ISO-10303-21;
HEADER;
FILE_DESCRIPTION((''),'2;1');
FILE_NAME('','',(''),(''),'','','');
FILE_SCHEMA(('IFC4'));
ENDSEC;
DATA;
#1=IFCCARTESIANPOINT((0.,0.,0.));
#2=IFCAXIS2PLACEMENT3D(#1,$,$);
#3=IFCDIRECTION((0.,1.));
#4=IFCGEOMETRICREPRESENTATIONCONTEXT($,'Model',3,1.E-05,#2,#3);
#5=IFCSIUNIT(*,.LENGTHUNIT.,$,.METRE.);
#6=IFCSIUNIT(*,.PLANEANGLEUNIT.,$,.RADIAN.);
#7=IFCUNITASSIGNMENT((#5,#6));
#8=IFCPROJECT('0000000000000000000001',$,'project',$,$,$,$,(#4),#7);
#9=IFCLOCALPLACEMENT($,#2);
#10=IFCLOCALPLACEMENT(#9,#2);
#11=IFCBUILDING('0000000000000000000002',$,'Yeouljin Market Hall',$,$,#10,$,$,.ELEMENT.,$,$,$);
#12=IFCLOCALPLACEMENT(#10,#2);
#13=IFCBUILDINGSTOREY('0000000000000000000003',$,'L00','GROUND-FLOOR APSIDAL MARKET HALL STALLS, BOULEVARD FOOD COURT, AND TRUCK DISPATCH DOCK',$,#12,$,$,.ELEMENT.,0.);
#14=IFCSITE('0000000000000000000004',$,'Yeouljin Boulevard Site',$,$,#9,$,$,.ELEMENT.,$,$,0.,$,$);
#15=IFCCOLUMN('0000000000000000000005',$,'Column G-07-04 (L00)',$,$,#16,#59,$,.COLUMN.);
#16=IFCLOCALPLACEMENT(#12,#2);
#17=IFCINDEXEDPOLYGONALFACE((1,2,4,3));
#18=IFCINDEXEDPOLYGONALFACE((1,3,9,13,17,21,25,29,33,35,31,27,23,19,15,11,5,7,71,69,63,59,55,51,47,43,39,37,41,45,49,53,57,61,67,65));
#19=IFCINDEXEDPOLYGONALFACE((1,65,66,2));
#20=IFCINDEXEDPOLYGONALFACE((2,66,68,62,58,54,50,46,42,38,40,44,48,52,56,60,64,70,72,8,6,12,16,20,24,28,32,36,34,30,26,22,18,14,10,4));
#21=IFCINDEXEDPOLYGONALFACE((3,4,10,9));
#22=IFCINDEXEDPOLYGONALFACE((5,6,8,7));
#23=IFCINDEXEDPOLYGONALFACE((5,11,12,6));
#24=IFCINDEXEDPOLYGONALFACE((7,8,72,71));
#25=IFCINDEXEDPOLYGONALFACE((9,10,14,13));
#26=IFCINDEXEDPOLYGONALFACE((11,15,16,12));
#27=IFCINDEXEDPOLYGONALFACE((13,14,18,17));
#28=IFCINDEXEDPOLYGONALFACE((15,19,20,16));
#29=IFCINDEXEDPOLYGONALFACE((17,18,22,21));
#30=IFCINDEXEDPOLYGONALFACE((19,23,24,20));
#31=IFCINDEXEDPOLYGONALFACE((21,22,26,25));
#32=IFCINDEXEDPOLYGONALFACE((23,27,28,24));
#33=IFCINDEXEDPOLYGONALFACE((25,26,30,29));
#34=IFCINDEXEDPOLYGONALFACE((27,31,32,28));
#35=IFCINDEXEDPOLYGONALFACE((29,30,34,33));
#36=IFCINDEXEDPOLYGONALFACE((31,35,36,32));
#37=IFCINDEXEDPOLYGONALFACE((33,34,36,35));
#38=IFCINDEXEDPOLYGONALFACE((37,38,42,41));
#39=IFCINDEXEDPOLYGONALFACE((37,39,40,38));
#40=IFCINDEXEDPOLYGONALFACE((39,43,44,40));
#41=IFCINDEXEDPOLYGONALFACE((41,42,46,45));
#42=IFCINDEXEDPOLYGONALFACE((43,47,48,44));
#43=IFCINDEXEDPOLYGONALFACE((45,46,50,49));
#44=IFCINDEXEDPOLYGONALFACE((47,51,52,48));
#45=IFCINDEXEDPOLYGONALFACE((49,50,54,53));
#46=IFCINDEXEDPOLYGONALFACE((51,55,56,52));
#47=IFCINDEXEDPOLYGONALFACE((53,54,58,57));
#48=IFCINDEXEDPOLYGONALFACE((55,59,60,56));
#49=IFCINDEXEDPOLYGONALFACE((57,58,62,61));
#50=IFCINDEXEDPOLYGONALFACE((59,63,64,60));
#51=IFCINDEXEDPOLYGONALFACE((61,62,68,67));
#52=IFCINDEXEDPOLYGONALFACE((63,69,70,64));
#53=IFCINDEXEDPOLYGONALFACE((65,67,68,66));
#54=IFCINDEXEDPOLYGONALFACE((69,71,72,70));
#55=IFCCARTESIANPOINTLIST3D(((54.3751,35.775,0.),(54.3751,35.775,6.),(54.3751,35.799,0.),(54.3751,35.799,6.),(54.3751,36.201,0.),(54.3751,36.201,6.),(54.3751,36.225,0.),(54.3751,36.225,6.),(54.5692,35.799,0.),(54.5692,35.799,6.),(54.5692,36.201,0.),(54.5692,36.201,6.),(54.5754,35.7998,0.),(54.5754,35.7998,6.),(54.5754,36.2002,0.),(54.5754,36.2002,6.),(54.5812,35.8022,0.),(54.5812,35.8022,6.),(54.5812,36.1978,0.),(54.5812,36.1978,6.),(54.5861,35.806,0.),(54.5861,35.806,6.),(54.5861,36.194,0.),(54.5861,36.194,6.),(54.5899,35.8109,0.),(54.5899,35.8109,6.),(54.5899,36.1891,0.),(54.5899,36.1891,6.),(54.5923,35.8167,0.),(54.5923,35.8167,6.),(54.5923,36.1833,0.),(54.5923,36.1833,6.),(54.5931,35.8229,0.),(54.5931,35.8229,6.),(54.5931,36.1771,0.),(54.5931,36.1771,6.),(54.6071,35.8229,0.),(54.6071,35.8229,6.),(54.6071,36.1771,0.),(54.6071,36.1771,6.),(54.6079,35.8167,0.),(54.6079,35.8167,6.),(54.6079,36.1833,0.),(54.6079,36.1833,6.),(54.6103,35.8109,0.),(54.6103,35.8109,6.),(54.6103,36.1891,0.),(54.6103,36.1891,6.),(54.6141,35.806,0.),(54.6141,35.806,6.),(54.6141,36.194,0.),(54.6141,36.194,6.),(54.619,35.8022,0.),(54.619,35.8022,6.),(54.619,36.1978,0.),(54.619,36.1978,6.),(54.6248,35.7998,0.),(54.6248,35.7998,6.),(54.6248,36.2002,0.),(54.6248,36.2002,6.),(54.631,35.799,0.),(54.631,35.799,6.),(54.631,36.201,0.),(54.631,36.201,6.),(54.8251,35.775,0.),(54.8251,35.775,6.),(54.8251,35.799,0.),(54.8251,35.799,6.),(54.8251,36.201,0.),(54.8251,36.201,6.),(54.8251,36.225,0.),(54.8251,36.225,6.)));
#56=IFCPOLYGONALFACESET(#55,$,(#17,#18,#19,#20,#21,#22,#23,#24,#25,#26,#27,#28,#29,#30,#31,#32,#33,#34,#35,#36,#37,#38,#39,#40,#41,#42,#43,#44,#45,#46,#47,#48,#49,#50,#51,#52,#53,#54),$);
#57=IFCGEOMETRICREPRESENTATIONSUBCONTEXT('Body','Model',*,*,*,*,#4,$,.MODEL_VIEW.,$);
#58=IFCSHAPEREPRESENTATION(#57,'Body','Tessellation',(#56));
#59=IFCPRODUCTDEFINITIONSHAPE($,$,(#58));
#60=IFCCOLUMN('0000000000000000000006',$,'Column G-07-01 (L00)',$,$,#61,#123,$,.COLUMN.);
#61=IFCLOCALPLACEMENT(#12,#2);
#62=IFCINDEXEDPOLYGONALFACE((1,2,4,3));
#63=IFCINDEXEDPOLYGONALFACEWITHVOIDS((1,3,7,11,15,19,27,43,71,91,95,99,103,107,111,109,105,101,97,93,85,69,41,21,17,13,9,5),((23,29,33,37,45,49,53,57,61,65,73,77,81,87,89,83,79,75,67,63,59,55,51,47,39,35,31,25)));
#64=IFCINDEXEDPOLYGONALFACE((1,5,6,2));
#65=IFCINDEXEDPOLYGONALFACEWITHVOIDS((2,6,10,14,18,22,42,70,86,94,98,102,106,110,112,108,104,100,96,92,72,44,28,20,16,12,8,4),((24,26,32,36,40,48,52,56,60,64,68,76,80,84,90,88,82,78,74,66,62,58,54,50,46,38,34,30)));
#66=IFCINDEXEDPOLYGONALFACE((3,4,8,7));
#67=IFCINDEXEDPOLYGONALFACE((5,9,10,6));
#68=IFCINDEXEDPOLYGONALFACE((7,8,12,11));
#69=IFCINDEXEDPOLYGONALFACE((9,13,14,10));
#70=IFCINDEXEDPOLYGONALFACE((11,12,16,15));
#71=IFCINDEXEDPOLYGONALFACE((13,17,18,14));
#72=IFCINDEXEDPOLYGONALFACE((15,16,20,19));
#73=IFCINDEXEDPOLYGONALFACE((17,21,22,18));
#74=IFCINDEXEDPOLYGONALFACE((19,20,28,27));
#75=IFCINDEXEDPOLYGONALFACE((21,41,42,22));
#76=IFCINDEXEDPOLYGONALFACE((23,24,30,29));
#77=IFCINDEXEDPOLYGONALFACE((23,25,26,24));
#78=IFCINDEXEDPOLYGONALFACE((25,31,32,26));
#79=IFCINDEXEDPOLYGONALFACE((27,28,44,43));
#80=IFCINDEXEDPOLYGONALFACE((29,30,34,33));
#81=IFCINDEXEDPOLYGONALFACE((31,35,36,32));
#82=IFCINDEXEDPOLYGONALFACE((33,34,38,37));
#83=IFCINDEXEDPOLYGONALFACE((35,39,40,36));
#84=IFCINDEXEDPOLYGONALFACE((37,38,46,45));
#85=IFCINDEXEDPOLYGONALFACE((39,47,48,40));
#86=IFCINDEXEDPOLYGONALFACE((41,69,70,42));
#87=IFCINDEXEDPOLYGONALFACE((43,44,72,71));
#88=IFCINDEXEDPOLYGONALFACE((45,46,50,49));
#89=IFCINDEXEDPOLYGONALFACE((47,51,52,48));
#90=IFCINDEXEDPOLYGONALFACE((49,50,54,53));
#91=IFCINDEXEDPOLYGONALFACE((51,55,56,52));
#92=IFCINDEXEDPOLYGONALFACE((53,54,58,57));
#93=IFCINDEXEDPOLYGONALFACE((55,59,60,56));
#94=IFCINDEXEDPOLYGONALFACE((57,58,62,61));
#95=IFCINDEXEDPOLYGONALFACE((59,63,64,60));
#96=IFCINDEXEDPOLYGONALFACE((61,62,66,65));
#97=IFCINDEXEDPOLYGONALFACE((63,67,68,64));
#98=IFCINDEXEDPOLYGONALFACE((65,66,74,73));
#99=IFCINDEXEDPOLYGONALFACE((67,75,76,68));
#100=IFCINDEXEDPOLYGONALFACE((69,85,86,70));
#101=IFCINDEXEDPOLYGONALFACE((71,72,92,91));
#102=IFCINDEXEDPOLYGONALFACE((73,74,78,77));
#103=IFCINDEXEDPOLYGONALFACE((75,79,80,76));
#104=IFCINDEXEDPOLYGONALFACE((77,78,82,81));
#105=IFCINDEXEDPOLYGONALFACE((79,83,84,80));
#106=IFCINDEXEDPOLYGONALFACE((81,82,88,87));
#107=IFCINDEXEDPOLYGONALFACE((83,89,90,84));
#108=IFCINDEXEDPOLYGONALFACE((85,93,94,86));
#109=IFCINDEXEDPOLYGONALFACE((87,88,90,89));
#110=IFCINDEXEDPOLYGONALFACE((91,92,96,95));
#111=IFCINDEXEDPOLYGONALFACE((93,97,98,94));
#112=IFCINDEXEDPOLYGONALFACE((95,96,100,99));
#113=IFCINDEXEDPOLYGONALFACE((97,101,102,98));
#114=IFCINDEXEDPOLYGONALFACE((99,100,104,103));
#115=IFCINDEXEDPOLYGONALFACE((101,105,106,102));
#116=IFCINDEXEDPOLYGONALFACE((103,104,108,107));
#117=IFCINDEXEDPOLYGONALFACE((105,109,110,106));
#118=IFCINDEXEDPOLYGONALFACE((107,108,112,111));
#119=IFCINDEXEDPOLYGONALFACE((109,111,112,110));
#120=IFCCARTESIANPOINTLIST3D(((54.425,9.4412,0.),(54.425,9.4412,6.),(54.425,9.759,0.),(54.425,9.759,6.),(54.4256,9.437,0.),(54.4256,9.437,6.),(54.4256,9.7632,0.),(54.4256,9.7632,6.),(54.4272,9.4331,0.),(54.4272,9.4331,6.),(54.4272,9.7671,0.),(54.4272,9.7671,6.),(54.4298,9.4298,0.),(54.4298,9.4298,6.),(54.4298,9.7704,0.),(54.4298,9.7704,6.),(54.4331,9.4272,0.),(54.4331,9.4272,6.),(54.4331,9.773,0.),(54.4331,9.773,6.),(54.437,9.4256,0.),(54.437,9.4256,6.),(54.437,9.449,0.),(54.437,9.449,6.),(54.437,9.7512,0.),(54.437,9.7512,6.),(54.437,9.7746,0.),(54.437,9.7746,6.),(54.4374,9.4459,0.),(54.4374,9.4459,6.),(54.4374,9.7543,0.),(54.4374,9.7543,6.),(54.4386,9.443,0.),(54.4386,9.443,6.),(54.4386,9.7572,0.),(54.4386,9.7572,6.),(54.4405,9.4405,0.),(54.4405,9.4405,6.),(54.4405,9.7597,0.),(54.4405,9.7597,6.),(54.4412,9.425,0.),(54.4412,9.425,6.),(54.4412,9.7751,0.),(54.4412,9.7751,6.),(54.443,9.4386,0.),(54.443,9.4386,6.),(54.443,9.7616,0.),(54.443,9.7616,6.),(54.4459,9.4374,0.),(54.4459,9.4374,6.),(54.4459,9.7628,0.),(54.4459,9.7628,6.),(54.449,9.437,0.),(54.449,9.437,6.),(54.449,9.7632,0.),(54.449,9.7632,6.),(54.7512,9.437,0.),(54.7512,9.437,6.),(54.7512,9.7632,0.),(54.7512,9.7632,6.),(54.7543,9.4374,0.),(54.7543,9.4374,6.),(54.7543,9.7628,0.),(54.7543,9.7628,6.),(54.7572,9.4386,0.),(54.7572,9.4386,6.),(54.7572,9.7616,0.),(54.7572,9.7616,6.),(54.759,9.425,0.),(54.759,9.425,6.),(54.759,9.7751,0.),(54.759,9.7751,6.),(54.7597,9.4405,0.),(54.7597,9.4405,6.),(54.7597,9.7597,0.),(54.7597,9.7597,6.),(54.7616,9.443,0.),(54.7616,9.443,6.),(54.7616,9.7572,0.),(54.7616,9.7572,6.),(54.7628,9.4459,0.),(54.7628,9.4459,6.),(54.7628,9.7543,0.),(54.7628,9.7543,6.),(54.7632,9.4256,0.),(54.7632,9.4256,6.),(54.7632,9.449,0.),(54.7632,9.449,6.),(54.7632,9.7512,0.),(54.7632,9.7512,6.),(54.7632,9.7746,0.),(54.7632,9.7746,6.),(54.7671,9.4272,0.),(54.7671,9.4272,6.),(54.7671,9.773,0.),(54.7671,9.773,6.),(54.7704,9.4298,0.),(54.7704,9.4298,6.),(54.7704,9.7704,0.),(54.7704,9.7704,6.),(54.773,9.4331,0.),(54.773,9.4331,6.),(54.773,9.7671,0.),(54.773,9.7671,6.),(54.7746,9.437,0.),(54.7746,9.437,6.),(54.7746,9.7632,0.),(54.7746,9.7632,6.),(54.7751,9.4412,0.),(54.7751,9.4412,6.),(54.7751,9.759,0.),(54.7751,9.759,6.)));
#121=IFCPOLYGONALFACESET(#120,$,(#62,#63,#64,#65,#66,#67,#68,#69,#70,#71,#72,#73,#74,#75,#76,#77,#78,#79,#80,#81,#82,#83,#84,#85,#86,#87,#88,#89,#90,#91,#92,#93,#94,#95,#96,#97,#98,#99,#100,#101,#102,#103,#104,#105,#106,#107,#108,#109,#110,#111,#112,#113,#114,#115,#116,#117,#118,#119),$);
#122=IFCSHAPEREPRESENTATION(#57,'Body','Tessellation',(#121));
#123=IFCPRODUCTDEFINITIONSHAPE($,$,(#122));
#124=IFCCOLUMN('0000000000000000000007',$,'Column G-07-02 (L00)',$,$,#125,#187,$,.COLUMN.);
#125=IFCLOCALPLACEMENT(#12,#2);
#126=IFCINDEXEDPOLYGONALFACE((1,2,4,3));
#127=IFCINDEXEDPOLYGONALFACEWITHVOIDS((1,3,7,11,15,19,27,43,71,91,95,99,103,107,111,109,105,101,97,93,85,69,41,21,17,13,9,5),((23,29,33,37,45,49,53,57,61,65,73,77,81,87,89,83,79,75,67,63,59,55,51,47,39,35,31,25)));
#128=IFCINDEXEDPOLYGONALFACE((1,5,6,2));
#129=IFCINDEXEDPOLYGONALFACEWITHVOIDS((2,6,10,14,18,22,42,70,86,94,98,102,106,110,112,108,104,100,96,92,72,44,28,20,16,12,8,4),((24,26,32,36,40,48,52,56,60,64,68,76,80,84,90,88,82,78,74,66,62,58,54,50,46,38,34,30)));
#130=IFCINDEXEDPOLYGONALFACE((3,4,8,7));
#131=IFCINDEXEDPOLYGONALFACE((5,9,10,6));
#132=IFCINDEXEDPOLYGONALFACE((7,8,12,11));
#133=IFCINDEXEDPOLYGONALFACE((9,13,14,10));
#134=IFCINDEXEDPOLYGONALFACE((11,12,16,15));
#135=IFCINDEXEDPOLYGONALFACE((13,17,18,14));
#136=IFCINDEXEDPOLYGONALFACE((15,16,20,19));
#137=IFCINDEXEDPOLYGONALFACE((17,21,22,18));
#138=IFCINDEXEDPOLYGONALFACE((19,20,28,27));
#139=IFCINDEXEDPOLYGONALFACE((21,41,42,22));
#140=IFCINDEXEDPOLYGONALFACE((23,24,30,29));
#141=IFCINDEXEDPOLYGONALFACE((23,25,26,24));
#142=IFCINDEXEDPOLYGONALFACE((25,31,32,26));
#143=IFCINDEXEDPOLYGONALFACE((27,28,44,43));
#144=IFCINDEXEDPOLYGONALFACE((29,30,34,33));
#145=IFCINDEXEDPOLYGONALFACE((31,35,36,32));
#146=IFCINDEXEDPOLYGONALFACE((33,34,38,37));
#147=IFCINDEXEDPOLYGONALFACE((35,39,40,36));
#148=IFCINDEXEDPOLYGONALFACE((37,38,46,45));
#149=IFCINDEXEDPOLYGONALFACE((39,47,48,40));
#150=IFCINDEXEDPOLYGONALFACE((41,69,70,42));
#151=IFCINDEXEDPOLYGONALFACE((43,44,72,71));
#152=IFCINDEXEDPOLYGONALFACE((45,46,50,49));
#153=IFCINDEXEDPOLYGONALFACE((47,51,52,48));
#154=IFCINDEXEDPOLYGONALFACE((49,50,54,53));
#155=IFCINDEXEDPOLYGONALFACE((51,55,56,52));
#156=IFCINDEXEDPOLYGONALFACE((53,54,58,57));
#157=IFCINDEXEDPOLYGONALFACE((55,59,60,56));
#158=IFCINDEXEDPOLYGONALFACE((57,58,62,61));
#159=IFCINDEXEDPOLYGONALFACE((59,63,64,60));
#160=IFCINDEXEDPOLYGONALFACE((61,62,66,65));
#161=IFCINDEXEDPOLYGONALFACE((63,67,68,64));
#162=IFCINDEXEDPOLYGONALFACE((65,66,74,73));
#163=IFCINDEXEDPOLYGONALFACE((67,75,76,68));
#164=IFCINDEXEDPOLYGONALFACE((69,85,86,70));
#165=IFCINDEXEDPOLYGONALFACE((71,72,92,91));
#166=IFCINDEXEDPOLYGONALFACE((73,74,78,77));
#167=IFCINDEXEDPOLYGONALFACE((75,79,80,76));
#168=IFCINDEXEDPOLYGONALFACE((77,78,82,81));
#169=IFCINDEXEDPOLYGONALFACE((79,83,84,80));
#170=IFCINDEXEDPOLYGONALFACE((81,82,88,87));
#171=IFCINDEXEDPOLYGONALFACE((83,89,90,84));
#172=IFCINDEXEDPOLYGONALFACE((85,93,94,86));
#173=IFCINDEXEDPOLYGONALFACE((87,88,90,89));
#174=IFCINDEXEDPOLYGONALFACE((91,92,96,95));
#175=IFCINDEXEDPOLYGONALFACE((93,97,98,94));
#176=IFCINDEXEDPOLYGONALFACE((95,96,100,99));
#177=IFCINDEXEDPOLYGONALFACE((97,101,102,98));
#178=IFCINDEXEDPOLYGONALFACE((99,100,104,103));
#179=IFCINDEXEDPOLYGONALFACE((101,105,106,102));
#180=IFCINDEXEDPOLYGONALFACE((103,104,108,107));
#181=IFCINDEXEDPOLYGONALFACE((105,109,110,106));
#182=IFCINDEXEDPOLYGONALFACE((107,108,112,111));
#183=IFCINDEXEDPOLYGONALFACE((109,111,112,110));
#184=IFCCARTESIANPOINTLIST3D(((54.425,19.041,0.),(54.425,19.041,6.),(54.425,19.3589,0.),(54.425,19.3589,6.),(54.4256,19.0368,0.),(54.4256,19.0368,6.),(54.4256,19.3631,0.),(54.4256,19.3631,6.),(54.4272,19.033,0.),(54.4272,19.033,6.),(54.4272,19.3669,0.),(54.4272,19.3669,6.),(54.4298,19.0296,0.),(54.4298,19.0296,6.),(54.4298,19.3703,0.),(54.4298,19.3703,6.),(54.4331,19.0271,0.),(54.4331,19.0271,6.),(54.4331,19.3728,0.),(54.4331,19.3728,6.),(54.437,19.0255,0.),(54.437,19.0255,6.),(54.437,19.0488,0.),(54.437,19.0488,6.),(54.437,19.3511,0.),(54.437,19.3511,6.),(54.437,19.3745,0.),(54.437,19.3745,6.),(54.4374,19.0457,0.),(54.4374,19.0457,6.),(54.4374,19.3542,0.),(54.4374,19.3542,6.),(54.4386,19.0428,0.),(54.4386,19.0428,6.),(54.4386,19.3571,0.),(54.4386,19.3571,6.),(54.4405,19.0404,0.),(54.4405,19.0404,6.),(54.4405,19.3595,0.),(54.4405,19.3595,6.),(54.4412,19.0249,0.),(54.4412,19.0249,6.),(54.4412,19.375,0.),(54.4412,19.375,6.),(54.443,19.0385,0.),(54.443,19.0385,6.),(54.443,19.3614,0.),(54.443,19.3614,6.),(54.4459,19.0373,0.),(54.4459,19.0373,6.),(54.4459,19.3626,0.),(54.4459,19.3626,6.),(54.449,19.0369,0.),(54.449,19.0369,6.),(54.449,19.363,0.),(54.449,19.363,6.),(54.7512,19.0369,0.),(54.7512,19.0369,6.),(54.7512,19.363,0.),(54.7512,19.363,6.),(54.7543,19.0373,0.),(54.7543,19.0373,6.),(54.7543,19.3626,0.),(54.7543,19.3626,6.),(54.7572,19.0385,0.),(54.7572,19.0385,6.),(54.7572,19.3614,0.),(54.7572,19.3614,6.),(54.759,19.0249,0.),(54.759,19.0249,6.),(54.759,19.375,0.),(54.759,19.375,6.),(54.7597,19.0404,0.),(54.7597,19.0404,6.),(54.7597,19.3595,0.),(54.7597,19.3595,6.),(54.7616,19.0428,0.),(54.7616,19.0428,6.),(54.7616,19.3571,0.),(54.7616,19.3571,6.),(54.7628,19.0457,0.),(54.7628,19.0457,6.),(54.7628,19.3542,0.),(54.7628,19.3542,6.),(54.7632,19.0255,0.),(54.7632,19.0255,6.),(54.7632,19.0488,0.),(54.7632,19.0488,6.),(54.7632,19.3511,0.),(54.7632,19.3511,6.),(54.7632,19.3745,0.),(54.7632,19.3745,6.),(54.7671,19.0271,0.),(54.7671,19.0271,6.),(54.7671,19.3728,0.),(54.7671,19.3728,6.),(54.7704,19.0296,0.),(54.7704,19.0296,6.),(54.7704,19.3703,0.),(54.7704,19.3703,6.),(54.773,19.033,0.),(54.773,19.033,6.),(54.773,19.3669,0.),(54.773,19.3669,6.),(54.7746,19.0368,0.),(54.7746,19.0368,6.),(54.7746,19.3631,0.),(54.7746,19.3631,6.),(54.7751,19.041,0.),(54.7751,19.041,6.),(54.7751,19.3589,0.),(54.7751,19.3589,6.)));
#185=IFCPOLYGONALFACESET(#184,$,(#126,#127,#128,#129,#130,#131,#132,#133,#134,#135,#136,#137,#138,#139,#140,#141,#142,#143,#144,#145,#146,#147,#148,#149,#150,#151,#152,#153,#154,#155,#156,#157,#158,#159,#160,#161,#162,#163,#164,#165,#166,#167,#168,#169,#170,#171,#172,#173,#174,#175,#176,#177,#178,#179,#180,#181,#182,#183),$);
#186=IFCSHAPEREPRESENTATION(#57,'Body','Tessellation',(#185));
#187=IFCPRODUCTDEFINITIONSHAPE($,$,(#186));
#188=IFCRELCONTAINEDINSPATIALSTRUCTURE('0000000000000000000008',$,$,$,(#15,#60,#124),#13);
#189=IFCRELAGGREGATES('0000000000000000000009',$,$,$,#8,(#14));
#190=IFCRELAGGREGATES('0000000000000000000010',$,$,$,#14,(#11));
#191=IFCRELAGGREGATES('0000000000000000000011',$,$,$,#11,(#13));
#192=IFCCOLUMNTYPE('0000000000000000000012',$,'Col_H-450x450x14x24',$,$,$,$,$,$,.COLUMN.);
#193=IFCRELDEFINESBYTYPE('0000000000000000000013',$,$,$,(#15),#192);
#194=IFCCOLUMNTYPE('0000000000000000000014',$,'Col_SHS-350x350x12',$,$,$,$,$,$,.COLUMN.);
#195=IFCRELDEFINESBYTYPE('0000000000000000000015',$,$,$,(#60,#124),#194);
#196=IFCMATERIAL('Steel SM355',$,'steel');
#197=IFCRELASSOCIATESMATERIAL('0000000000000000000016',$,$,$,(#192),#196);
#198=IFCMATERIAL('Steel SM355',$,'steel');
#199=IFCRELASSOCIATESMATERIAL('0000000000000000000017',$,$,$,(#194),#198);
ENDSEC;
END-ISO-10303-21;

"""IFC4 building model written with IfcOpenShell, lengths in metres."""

from ifc_helpers import new_model, si_unit, direction, frame, origin, origin_2d, place, context, subcontext, project, spatial, hollow_rectangle, i_section, extrude, material, material_profile, profile_set, type_object, element, save


model = new_model("IFC4")

# Units and contexts
model_context = context("Model", 3, precision=1e-05, world=origin(), true_north=direction((0.0, 1.0)))
body_context = subcontext(model_context, "Body", "Model", "MODEL_VIEW")
ifc_project = project(units=[si_unit("LENGTHUNIT", "METRE"), si_unit("PLANEANGLEUNIT", "RADIAN")], contexts=[model_context])

# Site, building, storey
site_placement = place(None, origin())
site = spatial("IfcSite", under=ifc_project, at=site_placement, Name="Yeouljin Boulevard Site", CompositionType="ELEMENT", RefElevation=0.0)
building_placement = place(site_placement, origin())
building = spatial("IfcBuilding", under=site, at=building_placement, Name="Yeouljin Market Hall", CompositionType="ELEMENT")
storey_placement = place(building_placement, origin())
storey = spatial("IfcBuildingStorey", under=building, at=storey_placement, Name="L00", Description="GROUND-FLOOR APSIDAL MARKET HALL STALLS, BOULEVARD FOOD COURT, AND TRUCK DISPATCH DOCK", CompositionType="ELEMENT", Elevation=0.0)

# Columns
ifc_material_1 = material(Name="Steel SM355", Category="steel")
ifc_material_profile_1 = material_profile(ifc_material_1, i_section(OverallWidth=0.45, OverallDepth=0.45, WebThickness=0.0139, FlangeThickness=0.0239, FilletRadius=0.0239, at=origin_2d()), Name="H-450x450x14x24")
ifc_profile_set_1 = profile_set([ifc_material_profile_1], Name="Steel SM355")
column_type_1 = type_object("IfcColumnType", Name="Col_H-450x450x14x24", PredefinedType="COLUMN", material=ifc_profile_set_1)
column_placement = place(storey_placement, frame((54.6001, 36.0, 0.0), z_axis=(0.0, 0.0, 1.0), x_axis=(1.0, 0.0, 0.0)))
element("IfcColumn", 1, at=column_placement, inside=storey, type_object=column_type_1, Name="Column G-07-04 (L00)", PredefinedType="COLUMN", context=body_context, shape_type="SweptSolid", body=[
    extrude(i_section(OverallWidth=0.45, OverallDepth=0.45, WebThickness=0.0139, FlangeThickness=0.0239, FilletRadius=0.0239, at=origin_2d()), origin(), (0.0, 0.0, 1.0), 6.0),
])
ifc_material_2 = material(Name="Steel SM355", Category="steel")
ifc_material_profile_2 = material_profile(ifc_material_2, hollow_rectangle(XDim=0.3501, YDim=0.3501, WallThickness=0.012, InnerFilletRadius=0.012, OuterFilletRadius=0.0161, at=origin_2d()), Name="SHS-350x350x12")
ifc_profile_set_2 = profile_set([ifc_material_profile_2], Name="Steel SM355")
column_type_2 = type_object("IfcColumnType", Name="Col_SHS-350x350x12", PredefinedType="COLUMN", material=ifc_profile_set_2)
for number, where, z_axis, x_axis, name in (
    (2, (54.6001, 9.6001, 0.0), (0.0, 0.0, 1.0), (1.0, 0.0, 0.0), "Column G-07-01 (L00)"),
    (3, (54.6001, 19.2, 0.0), (0.0, 0.0, 1.0), (1.0, 0.0, 0.0), "Column G-07-02 (L00)"),
):
    element("IfcColumn", number, at=place(storey_placement, frame(where, z_axis=z_axis, x_axis=x_axis)), inside=storey, type_object=column_type_2, Name=name, PredefinedType="COLUMN", context=body_context, shape_type="SweptSolid", body=[
        extrude(hollow_rectangle(XDim=0.3501, YDim=0.3501, WallThickness=0.012, InnerFilletRadius=0.012, OuterFilletRadius=0.0161, at=origin_2d()), origin(), (0.0, 0.0, 1.0), 6.0),
    ])

save(model, "model.ifc")
